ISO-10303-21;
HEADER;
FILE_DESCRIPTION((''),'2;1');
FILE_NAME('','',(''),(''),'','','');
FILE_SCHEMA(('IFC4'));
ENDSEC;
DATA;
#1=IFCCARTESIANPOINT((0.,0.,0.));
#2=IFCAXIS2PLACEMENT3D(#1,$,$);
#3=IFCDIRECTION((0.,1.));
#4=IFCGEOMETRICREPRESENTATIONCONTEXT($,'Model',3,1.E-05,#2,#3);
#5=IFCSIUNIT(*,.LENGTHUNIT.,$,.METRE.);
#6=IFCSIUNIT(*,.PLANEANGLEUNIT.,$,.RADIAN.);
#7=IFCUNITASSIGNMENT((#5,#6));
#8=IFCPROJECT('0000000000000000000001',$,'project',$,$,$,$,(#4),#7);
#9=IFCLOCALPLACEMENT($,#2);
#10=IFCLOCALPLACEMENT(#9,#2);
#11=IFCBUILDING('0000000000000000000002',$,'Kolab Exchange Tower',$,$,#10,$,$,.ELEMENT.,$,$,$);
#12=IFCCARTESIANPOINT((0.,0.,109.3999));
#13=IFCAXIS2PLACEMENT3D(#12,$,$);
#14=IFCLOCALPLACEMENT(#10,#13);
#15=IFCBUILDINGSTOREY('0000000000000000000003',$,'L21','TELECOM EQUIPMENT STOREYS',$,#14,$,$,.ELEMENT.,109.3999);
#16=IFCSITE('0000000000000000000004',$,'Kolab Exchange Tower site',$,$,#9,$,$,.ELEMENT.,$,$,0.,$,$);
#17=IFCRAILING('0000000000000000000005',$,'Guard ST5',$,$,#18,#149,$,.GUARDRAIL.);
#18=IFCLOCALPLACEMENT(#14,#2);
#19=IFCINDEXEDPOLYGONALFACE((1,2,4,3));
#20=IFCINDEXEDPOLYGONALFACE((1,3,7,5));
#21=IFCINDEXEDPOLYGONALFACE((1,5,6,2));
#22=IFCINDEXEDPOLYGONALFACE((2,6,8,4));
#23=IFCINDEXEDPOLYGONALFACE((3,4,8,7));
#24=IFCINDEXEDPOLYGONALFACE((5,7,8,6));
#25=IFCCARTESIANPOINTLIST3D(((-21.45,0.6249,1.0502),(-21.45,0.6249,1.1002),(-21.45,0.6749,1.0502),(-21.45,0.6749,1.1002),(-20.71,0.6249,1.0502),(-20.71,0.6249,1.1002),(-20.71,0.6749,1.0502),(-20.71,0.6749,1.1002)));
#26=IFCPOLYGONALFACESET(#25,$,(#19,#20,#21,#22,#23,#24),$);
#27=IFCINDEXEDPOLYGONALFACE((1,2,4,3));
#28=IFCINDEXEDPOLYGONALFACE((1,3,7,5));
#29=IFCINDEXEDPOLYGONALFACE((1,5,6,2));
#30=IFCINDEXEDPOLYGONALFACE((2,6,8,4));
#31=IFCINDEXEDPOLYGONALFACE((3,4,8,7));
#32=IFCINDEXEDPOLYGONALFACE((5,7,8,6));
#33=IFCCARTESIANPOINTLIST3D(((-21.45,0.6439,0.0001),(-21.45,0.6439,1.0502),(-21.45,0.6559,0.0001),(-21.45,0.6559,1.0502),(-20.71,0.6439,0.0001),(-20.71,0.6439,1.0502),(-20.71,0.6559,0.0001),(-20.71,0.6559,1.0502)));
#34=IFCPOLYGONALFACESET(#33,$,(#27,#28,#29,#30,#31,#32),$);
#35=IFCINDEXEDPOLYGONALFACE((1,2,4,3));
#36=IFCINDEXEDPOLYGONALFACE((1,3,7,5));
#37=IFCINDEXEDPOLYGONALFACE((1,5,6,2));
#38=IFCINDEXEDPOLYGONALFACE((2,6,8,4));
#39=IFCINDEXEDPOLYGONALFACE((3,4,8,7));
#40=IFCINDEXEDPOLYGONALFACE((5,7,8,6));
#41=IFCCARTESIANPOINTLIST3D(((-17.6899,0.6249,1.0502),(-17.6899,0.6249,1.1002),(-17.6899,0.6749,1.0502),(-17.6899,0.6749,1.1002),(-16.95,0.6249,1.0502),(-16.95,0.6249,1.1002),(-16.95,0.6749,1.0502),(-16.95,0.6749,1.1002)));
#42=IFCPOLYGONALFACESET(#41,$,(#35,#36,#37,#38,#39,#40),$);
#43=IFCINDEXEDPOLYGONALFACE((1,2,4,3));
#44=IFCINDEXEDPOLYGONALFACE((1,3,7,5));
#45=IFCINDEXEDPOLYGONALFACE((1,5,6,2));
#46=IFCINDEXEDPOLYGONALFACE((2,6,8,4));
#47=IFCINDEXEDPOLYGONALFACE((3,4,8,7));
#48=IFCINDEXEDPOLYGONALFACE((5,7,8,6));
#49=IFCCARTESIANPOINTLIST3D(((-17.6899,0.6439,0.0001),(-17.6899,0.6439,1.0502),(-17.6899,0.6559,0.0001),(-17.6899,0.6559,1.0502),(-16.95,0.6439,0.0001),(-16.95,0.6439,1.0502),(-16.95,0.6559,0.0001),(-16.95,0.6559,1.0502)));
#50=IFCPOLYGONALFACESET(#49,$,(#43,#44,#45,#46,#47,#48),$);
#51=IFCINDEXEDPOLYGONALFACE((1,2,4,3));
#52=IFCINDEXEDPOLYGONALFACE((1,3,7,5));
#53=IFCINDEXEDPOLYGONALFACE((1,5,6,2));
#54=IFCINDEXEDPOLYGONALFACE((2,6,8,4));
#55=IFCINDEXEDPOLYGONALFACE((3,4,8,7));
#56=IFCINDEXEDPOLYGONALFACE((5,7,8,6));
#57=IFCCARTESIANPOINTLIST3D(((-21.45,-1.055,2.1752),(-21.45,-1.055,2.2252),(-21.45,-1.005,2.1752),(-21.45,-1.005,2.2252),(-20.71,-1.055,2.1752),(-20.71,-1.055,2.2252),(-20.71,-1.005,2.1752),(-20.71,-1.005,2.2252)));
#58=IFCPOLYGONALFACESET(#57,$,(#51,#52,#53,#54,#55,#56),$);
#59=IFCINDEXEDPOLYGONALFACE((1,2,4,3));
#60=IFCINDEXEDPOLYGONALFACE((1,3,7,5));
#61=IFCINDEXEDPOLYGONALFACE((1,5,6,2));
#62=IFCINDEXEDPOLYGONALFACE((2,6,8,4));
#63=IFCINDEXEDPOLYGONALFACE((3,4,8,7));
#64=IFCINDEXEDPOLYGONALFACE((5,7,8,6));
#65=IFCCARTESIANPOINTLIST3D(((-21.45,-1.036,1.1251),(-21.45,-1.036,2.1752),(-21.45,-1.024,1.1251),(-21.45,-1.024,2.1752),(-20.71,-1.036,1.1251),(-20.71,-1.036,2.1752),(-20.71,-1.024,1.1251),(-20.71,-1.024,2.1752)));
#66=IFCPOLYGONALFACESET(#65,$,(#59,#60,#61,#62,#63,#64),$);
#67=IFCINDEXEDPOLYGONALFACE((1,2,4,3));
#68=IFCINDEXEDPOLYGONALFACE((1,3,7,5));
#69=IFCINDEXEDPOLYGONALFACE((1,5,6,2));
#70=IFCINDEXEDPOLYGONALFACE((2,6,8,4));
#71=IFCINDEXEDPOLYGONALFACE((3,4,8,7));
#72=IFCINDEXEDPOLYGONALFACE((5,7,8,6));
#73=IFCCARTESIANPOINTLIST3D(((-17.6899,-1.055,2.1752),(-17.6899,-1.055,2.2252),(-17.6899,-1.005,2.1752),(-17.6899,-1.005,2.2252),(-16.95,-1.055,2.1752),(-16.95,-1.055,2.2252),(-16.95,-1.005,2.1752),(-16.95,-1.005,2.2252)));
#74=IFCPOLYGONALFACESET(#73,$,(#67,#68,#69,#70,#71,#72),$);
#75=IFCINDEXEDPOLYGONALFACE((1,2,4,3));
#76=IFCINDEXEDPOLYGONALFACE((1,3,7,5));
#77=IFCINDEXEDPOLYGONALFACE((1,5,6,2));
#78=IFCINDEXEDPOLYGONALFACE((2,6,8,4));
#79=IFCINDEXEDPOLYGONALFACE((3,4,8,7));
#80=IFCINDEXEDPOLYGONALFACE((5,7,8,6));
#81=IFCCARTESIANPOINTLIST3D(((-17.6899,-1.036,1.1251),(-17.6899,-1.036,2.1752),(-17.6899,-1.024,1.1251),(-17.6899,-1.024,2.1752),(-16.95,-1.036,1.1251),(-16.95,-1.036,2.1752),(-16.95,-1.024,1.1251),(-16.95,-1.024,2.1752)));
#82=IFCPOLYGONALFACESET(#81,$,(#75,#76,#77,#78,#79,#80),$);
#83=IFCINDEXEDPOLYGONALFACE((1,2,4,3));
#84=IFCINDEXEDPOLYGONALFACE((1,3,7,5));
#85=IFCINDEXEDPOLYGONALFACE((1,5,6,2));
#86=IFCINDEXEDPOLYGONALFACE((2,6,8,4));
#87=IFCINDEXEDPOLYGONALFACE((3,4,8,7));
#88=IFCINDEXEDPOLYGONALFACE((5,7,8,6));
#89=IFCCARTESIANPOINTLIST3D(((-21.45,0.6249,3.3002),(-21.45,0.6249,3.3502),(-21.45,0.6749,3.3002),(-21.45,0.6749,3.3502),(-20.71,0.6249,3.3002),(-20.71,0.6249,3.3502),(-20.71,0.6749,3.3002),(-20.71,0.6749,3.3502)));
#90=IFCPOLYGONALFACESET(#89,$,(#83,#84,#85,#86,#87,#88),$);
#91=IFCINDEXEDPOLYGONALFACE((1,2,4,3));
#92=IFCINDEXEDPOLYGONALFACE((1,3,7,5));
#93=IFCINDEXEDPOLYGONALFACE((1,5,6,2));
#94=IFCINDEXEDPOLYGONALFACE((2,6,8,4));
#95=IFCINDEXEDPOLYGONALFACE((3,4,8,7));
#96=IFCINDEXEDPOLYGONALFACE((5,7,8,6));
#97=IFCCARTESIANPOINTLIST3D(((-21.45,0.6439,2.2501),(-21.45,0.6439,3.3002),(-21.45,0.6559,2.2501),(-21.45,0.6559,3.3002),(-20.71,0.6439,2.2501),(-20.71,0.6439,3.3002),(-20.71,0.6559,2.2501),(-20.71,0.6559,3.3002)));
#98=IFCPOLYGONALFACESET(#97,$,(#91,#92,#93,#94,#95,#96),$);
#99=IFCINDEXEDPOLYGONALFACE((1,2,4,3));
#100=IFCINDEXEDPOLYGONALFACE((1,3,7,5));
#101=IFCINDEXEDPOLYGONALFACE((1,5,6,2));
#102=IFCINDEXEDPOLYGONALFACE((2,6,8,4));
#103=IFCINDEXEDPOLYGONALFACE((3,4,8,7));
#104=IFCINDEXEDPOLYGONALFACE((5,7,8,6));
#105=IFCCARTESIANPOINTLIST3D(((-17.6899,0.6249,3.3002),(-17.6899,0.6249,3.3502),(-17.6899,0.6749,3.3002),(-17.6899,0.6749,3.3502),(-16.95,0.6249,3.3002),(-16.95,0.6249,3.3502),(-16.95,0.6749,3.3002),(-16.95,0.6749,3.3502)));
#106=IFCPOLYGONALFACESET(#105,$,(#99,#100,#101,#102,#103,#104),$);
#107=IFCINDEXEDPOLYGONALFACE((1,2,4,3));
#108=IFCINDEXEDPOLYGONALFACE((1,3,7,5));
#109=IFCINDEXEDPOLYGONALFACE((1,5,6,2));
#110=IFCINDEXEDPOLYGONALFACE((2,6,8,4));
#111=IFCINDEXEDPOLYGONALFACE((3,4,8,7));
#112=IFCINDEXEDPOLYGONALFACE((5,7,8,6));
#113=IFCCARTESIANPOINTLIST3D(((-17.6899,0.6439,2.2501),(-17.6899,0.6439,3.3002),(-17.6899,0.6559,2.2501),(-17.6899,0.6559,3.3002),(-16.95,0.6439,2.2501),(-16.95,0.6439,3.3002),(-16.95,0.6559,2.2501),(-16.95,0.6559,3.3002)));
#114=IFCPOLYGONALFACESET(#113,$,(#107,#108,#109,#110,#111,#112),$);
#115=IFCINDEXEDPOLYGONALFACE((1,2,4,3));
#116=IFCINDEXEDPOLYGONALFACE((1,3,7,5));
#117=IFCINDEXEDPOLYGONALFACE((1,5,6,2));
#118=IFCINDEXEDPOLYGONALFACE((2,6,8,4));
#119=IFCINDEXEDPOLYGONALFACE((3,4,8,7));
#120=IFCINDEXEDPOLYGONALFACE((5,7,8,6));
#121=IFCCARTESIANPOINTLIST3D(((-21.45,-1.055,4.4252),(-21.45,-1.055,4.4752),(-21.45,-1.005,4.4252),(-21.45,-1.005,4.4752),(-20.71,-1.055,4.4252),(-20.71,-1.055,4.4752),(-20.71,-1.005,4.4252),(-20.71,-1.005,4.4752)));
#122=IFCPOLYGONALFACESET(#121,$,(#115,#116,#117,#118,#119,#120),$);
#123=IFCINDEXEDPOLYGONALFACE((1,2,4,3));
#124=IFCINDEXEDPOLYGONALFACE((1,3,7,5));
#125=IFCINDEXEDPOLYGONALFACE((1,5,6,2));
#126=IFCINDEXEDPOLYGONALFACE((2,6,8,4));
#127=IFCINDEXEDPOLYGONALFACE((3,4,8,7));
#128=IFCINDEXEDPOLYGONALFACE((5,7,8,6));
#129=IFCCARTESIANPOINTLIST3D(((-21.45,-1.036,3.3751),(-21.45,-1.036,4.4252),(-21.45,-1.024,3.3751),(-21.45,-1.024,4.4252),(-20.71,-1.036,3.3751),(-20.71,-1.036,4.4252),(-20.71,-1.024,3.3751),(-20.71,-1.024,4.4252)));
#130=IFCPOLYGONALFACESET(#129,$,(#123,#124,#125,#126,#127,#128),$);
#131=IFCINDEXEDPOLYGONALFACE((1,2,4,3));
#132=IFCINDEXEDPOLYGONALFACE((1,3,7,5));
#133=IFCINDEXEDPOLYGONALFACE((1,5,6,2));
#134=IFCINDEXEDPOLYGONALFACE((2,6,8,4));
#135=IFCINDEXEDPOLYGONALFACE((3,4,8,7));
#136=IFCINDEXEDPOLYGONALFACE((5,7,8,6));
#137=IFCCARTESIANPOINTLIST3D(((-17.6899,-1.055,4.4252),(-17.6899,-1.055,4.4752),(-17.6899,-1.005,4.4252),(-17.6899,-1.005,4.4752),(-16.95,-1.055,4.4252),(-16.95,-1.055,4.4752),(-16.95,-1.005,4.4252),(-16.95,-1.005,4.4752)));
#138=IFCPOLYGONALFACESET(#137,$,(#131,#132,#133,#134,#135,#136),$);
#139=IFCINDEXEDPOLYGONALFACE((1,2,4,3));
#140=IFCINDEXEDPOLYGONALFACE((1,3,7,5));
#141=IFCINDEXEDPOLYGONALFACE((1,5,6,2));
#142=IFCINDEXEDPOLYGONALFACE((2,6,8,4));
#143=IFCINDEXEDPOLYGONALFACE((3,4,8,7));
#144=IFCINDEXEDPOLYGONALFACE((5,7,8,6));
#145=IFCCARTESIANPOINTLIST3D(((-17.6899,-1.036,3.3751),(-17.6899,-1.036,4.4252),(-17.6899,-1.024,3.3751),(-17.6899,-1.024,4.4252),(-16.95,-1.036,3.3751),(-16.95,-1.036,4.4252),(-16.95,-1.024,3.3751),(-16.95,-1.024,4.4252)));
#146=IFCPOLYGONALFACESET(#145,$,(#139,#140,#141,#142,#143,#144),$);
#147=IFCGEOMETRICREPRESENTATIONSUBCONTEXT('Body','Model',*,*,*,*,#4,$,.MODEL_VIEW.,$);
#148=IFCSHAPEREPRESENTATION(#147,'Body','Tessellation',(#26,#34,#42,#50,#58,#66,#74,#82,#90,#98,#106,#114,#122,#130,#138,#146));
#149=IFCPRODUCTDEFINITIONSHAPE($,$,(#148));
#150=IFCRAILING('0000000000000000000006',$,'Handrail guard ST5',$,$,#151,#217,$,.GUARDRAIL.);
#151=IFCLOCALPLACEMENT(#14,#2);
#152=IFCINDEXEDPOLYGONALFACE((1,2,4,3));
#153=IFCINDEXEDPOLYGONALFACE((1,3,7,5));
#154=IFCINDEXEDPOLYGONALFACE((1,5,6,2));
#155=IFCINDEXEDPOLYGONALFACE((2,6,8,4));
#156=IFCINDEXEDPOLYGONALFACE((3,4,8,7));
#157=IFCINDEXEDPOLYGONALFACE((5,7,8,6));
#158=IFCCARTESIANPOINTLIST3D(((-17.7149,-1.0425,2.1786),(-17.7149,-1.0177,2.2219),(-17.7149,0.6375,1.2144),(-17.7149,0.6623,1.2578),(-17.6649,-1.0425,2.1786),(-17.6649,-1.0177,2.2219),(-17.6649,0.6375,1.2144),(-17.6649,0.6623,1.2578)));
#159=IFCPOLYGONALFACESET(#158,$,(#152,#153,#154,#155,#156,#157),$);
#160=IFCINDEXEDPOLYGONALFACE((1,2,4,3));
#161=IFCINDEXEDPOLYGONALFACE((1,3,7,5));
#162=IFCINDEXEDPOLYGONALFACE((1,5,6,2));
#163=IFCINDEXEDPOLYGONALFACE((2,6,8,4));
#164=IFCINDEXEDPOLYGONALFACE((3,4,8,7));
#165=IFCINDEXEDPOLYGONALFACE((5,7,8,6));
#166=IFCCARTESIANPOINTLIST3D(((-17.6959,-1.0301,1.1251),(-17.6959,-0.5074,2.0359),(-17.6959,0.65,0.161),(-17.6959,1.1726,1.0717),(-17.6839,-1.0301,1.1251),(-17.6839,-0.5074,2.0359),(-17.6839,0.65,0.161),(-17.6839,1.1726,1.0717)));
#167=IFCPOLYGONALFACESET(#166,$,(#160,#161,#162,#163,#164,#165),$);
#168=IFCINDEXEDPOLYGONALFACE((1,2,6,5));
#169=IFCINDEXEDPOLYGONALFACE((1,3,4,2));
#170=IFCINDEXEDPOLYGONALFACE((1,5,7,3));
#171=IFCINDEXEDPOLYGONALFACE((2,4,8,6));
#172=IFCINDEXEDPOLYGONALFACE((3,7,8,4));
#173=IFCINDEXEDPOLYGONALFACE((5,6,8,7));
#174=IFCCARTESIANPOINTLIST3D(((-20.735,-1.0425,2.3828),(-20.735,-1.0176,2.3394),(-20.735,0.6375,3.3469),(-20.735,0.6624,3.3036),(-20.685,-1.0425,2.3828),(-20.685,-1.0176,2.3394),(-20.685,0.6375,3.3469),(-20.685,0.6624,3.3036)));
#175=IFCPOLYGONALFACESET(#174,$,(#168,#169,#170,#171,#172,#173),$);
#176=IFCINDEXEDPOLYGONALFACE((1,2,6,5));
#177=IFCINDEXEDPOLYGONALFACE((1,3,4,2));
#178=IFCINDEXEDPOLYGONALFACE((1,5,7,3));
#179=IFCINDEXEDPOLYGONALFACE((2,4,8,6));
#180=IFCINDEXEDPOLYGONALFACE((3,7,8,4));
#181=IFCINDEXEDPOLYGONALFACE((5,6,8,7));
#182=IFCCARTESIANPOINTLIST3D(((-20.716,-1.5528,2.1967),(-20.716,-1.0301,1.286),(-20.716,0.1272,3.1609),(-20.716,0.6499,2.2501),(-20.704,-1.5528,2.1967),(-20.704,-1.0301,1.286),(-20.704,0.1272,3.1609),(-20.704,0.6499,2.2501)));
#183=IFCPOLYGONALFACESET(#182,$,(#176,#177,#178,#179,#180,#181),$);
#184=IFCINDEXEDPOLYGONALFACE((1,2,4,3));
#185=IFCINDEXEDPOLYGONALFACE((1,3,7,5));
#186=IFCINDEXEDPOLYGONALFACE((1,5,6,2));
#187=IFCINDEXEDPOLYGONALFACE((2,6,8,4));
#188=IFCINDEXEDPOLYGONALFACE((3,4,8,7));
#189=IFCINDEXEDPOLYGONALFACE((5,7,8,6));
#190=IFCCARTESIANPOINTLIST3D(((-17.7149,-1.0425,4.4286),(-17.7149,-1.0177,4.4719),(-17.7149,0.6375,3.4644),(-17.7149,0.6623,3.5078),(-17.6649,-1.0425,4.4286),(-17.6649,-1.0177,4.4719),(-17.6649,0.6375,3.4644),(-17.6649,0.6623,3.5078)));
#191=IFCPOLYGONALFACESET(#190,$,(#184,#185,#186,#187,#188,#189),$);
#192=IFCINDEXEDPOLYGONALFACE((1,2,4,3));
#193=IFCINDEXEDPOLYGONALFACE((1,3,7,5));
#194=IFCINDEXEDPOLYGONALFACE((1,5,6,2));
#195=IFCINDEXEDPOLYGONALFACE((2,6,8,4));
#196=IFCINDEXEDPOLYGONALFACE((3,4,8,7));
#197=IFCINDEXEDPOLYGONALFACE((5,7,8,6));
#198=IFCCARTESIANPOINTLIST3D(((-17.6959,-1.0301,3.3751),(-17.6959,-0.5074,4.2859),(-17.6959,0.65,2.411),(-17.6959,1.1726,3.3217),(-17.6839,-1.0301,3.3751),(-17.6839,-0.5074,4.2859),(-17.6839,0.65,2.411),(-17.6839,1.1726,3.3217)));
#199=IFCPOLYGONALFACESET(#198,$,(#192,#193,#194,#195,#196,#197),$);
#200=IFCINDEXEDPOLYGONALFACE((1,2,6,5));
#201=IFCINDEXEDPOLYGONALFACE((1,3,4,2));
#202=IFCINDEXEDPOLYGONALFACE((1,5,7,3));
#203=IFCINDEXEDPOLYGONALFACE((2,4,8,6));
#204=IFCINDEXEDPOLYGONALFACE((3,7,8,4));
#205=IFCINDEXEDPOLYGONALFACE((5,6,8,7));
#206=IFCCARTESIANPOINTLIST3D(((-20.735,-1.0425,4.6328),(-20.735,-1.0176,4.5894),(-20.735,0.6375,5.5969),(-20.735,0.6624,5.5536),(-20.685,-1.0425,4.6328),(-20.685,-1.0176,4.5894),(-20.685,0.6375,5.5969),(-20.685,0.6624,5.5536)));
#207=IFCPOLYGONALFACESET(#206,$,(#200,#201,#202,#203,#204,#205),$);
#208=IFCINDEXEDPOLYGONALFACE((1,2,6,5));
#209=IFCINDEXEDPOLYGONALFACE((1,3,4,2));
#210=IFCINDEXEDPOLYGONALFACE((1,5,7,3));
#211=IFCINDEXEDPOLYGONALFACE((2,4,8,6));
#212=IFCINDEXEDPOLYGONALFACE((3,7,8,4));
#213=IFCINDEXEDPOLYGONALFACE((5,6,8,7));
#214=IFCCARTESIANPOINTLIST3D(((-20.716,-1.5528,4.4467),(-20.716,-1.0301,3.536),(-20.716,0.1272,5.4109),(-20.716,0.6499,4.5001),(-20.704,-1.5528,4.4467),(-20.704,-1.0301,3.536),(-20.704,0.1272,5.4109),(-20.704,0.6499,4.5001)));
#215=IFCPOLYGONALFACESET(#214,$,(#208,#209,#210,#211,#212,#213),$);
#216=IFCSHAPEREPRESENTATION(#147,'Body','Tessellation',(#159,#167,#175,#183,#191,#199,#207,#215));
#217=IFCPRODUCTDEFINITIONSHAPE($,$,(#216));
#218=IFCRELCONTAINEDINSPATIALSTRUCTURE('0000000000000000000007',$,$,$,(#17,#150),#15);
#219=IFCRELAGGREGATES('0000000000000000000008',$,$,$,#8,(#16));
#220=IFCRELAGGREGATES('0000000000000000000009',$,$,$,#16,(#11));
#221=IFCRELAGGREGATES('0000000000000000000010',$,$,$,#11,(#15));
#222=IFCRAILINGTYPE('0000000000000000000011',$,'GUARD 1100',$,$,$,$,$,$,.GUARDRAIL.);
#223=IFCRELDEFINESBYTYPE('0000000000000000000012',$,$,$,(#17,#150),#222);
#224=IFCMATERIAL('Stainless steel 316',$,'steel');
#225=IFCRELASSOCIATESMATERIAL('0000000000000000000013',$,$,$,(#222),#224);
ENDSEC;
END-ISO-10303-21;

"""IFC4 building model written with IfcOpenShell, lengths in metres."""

from ifc_helpers import new_model, si_unit, direction, frame, frame_2d, origin, origin_2d, place, context, subcontext, project, spatial, rectangle, extrude, material, type_object, element, save


model = new_model("IFC4")

# Units and contexts
model_context = context("Model", 3, precision=1e-05, world=origin(), true_north=direction((0.0, 1.0)))
body_context = subcontext(model_context, "Body", "Model", "MODEL_VIEW")
ifc_project = project(units=[si_unit("LENGTHUNIT", "METRE"), si_unit("PLANEANGLEUNIT", "RADIAN")], contexts=[model_context])

# Site, building, storey
site_placement = place(None, origin())
site = spatial("IfcSite", under=ifc_project, at=site_placement, Name="Kolab Exchange Tower site", CompositionType="ELEMENT", RefElevation=0.0)
building_placement = place(site_placement, origin())
building = spatial("IfcBuilding", under=site, at=building_placement, Name="Kolab Exchange Tower", CompositionType="ELEMENT")
storey_placement = place(building_placement, frame((0.0, 0.0, 109.3999)))
storey = spatial("IfcBuildingStorey", under=building, at=storey_placement, Name="L21", Description="TELECOM EQUIPMENT STOREYS", CompositionType="ELEMENT", Elevation=109.3999)

# Railings
ifc_material_1 = material(Name="Stainless steel 316", Category="steel")
railing_type = type_object("IfcRailingType", Name="GUARD 1100", PredefinedType="GUARDRAIL", material=ifc_material_1)
railing_1_placement = place(storey_placement, frame((-21.45, 0.6499, 0.0)))
element("IfcRailing", 1, at=railing_1_placement, inside=storey, type_object=railing_type, Name="Guard ST5", PredefinedType="GUARDRAIL", context=body_context, shape_type="SweptSolid", body=[
    extrude(rectangle(XDim=0.05, YDim=0.05, at=origin_2d()), frame((0.0, 0.0, 1.0752), z_axis=(1.0, 0.0, 0.0), x_axis=(0.0, 1.0, 0.0)), (0.0, 0.0, 1.0), 0.74),
    extrude(rectangle(XDim=0.012, YDim=1.0501, at=frame_2d((0.0, 0.5251))), frame((0.0, 0.0, 0.0), z_axis=(1.0, 0.0, 0.0), x_axis=(0.0, 1.0, 0.0)), (0.0, 0.0, 1.0), 0.74),
    extrude(rectangle(XDim=0.05, YDim=0.05, at=origin_2d()), frame((3.76, 0.0, 1.0752), z_axis=(1.0, 0.0, 0.0), x_axis=(0.0, 1.0, 0.0)), (0.0, 0.0, 1.0), 0.74),
    extrude(rectangle(XDim=0.012, YDim=1.0501, at=frame_2d((0.0, 0.5251))), frame((3.76, 0.0, 0.0), z_axis=(1.0, 0.0, 0.0), x_axis=(0.0, 1.0, 0.0)), (0.0, 0.0, 1.0), 0.74),
    extrude(rectangle(XDim=0.05, YDim=0.05, at=origin_2d()), frame((0.0, -1.6799, 2.2002), z_axis=(1.0, 0.0, 0.0), x_axis=(0.0, 1.0, 0.0)), (0.0, 0.0, 1.0), 0.74),
    extrude(rectangle(XDim=0.012, YDim=1.0501, at=frame_2d((0.0, 0.5251))), frame((0.0, -1.6799, 1.125), z_axis=(1.0, 0.0, 0.0), x_axis=(0.0, 1.0, 0.0)), (0.0, 0.0, 1.0), 0.74),
    extrude(rectangle(XDim=0.05, YDim=0.05, at=origin_2d()), frame((3.76, -1.6799, 2.2002), z_axis=(1.0, 0.0, 0.0), x_axis=(0.0, 1.0, 0.0)), (0.0, 0.0, 1.0), 0.74),
    extrude(rectangle(XDim=0.012, YDim=1.0501, at=frame_2d((0.0, 0.5251))), frame((3.76, -1.6799, 1.125), z_axis=(1.0, 0.0, 0.0), x_axis=(0.0, 1.0, 0.0)), (0.0, 0.0, 1.0), 0.74),
    extrude(rectangle(XDim=0.05, YDim=0.05, at=origin_2d()), frame((0.0, 0.0, 3.3252), z_axis=(1.0, 0.0, 0.0), x_axis=(0.0, 1.0, 0.0)), (0.0, 0.0, 1.0), 0.74),
    extrude(rectangle(XDim=0.012, YDim=1.0501, at=frame_2d((0.0, 0.5251))), frame((0.0, 0.0, 2.25), z_axis=(1.0, 0.0, 0.0), x_axis=(0.0, 1.0, 0.0)), (0.0, 0.0, 1.0), 0.74),
    extrude(rectangle(XDim=0.05, YDim=0.05, at=origin_2d()), frame((3.76, 0.0, 3.3252), z_axis=(1.0, 0.0, 0.0), x_axis=(0.0, 1.0, 0.0)), (0.0, 0.0, 1.0), 0.74),
    extrude(rectangle(XDim=0.012, YDim=1.0501, at=frame_2d((0.0, 0.5251))), frame((3.76, 0.0, 2.25), z_axis=(1.0, 0.0, 0.0), x_axis=(0.0, 1.0, 0.0)), (0.0, 0.0, 1.0), 0.74),
    extrude(rectangle(XDim=0.05, YDim=0.05, at=origin_2d()), frame((0.0, -1.6799, 4.4502), z_axis=(1.0, 0.0, 0.0), x_axis=(0.0, 1.0, 0.0)), (0.0, 0.0, 1.0), 0.74),
    extrude(rectangle(XDim=0.012, YDim=1.0501, at=frame_2d((0.0, 0.5251))), frame((0.0, -1.6799, 3.375), z_axis=(1.0, 0.0, 0.0), x_axis=(0.0, 1.0, 0.0)), (0.0, 0.0, 1.0), 0.74),
    extrude(rectangle(XDim=0.05, YDim=0.05, at=origin_2d()), frame((3.76, -1.6799, 4.4502), z_axis=(1.0, 0.0, 0.0), x_axis=(0.0, 1.0, 0.0)), (0.0, 0.0, 1.0), 0.74),
    extrude(rectangle(XDim=0.012, YDim=1.0501, at=frame_2d((0.0, 0.5251))), frame((3.76, -1.6799, 3.375), z_axis=(1.0, 0.0, 0.0), x_axis=(0.0, 1.0, 0.0)), (0.0, 0.0, 1.0), 0.74),
])
railing_2_placement = place(storey_placement, frame((-17.6899, 0.6499, 0.1609)))
element("IfcRailing", 2, at=railing_2_placement, inside=storey, type_object=railing_type, Name="Handrail guard ST5", PredefinedType="GUARDRAIL", context=body_context, shape_type="SweptSolid", body=[
    extrude(rectangle(XDim=0.05, YDim=0.05, at=origin_2d()), frame((0.0, 0.0, 1.0752), z_axis=(0.0, -0.867319, 0.497753), x_axis=(1.0, 0.0, 0.0)), (0.0, 0.0, 1.0), 1.937),
    extrude(rectangle(XDim=0.012, YDim=1.0501, at=frame_2d((0.0, 0.5251))), frame((0.0, 0.0, 0.0), z_axis=(0.0, -0.867319, 0.497753), x_axis=(1.0, 0.0, 0.0)), (0.0, 0.0, 1.0), 1.937),
    extrude(rectangle(XDim=0.05, YDim=0.05, at=origin_2d()), frame((-3.02, -1.6799, 2.2002), z_axis=(0.0, 0.867319, 0.497753), x_axis=(-1.0, 0.0, 0.0)), (0.0, 0.0, 1.0), 1.937),
    extrude(rectangle(XDim=0.012, YDim=1.0501, at=frame_2d((0.0, 0.5251))), frame((-3.02, -1.6799, 1.125), z_axis=(0.0, 0.867319, 0.497753), x_axis=(-1.0, 0.0, 0.0)), (0.0, 0.0, 1.0), 1.937),
    extrude(rectangle(XDim=0.05, YDim=0.05, at=origin_2d()), frame((0.0, 0.0, 3.3252), z_axis=(0.0, -0.867319, 0.497753), x_axis=(1.0, 0.0, 0.0)), (0.0, 0.0, 1.0), 1.937),
    extrude(rectangle(XDim=0.012, YDim=1.0501, at=frame_2d((0.0, 0.5251))), frame((0.0, 0.0, 2.25), z_axis=(0.0, -0.867319, 0.497753), x_axis=(1.0, 0.0, 0.0)), (0.0, 0.0, 1.0), 1.937),
    extrude(rectangle(XDim=0.05, YDim=0.05, at=origin_2d()), frame((-3.02, -1.6799, 4.4502), z_axis=(0.0, 0.867319, 0.497753), x_axis=(-1.0, 0.0, 0.0)), (0.0, 0.0, 1.0), 1.937),
    extrude(rectangle(XDim=0.012, YDim=1.0501, at=frame_2d((0.0, 0.5251))), frame((-3.02, -1.6799, 3.375), z_axis=(0.0, 0.867319, 0.497753), x_axis=(-1.0, 0.0, 0.0)), (0.0, 0.0, 1.0), 1.937),
])

save(model, "model.ifc")
